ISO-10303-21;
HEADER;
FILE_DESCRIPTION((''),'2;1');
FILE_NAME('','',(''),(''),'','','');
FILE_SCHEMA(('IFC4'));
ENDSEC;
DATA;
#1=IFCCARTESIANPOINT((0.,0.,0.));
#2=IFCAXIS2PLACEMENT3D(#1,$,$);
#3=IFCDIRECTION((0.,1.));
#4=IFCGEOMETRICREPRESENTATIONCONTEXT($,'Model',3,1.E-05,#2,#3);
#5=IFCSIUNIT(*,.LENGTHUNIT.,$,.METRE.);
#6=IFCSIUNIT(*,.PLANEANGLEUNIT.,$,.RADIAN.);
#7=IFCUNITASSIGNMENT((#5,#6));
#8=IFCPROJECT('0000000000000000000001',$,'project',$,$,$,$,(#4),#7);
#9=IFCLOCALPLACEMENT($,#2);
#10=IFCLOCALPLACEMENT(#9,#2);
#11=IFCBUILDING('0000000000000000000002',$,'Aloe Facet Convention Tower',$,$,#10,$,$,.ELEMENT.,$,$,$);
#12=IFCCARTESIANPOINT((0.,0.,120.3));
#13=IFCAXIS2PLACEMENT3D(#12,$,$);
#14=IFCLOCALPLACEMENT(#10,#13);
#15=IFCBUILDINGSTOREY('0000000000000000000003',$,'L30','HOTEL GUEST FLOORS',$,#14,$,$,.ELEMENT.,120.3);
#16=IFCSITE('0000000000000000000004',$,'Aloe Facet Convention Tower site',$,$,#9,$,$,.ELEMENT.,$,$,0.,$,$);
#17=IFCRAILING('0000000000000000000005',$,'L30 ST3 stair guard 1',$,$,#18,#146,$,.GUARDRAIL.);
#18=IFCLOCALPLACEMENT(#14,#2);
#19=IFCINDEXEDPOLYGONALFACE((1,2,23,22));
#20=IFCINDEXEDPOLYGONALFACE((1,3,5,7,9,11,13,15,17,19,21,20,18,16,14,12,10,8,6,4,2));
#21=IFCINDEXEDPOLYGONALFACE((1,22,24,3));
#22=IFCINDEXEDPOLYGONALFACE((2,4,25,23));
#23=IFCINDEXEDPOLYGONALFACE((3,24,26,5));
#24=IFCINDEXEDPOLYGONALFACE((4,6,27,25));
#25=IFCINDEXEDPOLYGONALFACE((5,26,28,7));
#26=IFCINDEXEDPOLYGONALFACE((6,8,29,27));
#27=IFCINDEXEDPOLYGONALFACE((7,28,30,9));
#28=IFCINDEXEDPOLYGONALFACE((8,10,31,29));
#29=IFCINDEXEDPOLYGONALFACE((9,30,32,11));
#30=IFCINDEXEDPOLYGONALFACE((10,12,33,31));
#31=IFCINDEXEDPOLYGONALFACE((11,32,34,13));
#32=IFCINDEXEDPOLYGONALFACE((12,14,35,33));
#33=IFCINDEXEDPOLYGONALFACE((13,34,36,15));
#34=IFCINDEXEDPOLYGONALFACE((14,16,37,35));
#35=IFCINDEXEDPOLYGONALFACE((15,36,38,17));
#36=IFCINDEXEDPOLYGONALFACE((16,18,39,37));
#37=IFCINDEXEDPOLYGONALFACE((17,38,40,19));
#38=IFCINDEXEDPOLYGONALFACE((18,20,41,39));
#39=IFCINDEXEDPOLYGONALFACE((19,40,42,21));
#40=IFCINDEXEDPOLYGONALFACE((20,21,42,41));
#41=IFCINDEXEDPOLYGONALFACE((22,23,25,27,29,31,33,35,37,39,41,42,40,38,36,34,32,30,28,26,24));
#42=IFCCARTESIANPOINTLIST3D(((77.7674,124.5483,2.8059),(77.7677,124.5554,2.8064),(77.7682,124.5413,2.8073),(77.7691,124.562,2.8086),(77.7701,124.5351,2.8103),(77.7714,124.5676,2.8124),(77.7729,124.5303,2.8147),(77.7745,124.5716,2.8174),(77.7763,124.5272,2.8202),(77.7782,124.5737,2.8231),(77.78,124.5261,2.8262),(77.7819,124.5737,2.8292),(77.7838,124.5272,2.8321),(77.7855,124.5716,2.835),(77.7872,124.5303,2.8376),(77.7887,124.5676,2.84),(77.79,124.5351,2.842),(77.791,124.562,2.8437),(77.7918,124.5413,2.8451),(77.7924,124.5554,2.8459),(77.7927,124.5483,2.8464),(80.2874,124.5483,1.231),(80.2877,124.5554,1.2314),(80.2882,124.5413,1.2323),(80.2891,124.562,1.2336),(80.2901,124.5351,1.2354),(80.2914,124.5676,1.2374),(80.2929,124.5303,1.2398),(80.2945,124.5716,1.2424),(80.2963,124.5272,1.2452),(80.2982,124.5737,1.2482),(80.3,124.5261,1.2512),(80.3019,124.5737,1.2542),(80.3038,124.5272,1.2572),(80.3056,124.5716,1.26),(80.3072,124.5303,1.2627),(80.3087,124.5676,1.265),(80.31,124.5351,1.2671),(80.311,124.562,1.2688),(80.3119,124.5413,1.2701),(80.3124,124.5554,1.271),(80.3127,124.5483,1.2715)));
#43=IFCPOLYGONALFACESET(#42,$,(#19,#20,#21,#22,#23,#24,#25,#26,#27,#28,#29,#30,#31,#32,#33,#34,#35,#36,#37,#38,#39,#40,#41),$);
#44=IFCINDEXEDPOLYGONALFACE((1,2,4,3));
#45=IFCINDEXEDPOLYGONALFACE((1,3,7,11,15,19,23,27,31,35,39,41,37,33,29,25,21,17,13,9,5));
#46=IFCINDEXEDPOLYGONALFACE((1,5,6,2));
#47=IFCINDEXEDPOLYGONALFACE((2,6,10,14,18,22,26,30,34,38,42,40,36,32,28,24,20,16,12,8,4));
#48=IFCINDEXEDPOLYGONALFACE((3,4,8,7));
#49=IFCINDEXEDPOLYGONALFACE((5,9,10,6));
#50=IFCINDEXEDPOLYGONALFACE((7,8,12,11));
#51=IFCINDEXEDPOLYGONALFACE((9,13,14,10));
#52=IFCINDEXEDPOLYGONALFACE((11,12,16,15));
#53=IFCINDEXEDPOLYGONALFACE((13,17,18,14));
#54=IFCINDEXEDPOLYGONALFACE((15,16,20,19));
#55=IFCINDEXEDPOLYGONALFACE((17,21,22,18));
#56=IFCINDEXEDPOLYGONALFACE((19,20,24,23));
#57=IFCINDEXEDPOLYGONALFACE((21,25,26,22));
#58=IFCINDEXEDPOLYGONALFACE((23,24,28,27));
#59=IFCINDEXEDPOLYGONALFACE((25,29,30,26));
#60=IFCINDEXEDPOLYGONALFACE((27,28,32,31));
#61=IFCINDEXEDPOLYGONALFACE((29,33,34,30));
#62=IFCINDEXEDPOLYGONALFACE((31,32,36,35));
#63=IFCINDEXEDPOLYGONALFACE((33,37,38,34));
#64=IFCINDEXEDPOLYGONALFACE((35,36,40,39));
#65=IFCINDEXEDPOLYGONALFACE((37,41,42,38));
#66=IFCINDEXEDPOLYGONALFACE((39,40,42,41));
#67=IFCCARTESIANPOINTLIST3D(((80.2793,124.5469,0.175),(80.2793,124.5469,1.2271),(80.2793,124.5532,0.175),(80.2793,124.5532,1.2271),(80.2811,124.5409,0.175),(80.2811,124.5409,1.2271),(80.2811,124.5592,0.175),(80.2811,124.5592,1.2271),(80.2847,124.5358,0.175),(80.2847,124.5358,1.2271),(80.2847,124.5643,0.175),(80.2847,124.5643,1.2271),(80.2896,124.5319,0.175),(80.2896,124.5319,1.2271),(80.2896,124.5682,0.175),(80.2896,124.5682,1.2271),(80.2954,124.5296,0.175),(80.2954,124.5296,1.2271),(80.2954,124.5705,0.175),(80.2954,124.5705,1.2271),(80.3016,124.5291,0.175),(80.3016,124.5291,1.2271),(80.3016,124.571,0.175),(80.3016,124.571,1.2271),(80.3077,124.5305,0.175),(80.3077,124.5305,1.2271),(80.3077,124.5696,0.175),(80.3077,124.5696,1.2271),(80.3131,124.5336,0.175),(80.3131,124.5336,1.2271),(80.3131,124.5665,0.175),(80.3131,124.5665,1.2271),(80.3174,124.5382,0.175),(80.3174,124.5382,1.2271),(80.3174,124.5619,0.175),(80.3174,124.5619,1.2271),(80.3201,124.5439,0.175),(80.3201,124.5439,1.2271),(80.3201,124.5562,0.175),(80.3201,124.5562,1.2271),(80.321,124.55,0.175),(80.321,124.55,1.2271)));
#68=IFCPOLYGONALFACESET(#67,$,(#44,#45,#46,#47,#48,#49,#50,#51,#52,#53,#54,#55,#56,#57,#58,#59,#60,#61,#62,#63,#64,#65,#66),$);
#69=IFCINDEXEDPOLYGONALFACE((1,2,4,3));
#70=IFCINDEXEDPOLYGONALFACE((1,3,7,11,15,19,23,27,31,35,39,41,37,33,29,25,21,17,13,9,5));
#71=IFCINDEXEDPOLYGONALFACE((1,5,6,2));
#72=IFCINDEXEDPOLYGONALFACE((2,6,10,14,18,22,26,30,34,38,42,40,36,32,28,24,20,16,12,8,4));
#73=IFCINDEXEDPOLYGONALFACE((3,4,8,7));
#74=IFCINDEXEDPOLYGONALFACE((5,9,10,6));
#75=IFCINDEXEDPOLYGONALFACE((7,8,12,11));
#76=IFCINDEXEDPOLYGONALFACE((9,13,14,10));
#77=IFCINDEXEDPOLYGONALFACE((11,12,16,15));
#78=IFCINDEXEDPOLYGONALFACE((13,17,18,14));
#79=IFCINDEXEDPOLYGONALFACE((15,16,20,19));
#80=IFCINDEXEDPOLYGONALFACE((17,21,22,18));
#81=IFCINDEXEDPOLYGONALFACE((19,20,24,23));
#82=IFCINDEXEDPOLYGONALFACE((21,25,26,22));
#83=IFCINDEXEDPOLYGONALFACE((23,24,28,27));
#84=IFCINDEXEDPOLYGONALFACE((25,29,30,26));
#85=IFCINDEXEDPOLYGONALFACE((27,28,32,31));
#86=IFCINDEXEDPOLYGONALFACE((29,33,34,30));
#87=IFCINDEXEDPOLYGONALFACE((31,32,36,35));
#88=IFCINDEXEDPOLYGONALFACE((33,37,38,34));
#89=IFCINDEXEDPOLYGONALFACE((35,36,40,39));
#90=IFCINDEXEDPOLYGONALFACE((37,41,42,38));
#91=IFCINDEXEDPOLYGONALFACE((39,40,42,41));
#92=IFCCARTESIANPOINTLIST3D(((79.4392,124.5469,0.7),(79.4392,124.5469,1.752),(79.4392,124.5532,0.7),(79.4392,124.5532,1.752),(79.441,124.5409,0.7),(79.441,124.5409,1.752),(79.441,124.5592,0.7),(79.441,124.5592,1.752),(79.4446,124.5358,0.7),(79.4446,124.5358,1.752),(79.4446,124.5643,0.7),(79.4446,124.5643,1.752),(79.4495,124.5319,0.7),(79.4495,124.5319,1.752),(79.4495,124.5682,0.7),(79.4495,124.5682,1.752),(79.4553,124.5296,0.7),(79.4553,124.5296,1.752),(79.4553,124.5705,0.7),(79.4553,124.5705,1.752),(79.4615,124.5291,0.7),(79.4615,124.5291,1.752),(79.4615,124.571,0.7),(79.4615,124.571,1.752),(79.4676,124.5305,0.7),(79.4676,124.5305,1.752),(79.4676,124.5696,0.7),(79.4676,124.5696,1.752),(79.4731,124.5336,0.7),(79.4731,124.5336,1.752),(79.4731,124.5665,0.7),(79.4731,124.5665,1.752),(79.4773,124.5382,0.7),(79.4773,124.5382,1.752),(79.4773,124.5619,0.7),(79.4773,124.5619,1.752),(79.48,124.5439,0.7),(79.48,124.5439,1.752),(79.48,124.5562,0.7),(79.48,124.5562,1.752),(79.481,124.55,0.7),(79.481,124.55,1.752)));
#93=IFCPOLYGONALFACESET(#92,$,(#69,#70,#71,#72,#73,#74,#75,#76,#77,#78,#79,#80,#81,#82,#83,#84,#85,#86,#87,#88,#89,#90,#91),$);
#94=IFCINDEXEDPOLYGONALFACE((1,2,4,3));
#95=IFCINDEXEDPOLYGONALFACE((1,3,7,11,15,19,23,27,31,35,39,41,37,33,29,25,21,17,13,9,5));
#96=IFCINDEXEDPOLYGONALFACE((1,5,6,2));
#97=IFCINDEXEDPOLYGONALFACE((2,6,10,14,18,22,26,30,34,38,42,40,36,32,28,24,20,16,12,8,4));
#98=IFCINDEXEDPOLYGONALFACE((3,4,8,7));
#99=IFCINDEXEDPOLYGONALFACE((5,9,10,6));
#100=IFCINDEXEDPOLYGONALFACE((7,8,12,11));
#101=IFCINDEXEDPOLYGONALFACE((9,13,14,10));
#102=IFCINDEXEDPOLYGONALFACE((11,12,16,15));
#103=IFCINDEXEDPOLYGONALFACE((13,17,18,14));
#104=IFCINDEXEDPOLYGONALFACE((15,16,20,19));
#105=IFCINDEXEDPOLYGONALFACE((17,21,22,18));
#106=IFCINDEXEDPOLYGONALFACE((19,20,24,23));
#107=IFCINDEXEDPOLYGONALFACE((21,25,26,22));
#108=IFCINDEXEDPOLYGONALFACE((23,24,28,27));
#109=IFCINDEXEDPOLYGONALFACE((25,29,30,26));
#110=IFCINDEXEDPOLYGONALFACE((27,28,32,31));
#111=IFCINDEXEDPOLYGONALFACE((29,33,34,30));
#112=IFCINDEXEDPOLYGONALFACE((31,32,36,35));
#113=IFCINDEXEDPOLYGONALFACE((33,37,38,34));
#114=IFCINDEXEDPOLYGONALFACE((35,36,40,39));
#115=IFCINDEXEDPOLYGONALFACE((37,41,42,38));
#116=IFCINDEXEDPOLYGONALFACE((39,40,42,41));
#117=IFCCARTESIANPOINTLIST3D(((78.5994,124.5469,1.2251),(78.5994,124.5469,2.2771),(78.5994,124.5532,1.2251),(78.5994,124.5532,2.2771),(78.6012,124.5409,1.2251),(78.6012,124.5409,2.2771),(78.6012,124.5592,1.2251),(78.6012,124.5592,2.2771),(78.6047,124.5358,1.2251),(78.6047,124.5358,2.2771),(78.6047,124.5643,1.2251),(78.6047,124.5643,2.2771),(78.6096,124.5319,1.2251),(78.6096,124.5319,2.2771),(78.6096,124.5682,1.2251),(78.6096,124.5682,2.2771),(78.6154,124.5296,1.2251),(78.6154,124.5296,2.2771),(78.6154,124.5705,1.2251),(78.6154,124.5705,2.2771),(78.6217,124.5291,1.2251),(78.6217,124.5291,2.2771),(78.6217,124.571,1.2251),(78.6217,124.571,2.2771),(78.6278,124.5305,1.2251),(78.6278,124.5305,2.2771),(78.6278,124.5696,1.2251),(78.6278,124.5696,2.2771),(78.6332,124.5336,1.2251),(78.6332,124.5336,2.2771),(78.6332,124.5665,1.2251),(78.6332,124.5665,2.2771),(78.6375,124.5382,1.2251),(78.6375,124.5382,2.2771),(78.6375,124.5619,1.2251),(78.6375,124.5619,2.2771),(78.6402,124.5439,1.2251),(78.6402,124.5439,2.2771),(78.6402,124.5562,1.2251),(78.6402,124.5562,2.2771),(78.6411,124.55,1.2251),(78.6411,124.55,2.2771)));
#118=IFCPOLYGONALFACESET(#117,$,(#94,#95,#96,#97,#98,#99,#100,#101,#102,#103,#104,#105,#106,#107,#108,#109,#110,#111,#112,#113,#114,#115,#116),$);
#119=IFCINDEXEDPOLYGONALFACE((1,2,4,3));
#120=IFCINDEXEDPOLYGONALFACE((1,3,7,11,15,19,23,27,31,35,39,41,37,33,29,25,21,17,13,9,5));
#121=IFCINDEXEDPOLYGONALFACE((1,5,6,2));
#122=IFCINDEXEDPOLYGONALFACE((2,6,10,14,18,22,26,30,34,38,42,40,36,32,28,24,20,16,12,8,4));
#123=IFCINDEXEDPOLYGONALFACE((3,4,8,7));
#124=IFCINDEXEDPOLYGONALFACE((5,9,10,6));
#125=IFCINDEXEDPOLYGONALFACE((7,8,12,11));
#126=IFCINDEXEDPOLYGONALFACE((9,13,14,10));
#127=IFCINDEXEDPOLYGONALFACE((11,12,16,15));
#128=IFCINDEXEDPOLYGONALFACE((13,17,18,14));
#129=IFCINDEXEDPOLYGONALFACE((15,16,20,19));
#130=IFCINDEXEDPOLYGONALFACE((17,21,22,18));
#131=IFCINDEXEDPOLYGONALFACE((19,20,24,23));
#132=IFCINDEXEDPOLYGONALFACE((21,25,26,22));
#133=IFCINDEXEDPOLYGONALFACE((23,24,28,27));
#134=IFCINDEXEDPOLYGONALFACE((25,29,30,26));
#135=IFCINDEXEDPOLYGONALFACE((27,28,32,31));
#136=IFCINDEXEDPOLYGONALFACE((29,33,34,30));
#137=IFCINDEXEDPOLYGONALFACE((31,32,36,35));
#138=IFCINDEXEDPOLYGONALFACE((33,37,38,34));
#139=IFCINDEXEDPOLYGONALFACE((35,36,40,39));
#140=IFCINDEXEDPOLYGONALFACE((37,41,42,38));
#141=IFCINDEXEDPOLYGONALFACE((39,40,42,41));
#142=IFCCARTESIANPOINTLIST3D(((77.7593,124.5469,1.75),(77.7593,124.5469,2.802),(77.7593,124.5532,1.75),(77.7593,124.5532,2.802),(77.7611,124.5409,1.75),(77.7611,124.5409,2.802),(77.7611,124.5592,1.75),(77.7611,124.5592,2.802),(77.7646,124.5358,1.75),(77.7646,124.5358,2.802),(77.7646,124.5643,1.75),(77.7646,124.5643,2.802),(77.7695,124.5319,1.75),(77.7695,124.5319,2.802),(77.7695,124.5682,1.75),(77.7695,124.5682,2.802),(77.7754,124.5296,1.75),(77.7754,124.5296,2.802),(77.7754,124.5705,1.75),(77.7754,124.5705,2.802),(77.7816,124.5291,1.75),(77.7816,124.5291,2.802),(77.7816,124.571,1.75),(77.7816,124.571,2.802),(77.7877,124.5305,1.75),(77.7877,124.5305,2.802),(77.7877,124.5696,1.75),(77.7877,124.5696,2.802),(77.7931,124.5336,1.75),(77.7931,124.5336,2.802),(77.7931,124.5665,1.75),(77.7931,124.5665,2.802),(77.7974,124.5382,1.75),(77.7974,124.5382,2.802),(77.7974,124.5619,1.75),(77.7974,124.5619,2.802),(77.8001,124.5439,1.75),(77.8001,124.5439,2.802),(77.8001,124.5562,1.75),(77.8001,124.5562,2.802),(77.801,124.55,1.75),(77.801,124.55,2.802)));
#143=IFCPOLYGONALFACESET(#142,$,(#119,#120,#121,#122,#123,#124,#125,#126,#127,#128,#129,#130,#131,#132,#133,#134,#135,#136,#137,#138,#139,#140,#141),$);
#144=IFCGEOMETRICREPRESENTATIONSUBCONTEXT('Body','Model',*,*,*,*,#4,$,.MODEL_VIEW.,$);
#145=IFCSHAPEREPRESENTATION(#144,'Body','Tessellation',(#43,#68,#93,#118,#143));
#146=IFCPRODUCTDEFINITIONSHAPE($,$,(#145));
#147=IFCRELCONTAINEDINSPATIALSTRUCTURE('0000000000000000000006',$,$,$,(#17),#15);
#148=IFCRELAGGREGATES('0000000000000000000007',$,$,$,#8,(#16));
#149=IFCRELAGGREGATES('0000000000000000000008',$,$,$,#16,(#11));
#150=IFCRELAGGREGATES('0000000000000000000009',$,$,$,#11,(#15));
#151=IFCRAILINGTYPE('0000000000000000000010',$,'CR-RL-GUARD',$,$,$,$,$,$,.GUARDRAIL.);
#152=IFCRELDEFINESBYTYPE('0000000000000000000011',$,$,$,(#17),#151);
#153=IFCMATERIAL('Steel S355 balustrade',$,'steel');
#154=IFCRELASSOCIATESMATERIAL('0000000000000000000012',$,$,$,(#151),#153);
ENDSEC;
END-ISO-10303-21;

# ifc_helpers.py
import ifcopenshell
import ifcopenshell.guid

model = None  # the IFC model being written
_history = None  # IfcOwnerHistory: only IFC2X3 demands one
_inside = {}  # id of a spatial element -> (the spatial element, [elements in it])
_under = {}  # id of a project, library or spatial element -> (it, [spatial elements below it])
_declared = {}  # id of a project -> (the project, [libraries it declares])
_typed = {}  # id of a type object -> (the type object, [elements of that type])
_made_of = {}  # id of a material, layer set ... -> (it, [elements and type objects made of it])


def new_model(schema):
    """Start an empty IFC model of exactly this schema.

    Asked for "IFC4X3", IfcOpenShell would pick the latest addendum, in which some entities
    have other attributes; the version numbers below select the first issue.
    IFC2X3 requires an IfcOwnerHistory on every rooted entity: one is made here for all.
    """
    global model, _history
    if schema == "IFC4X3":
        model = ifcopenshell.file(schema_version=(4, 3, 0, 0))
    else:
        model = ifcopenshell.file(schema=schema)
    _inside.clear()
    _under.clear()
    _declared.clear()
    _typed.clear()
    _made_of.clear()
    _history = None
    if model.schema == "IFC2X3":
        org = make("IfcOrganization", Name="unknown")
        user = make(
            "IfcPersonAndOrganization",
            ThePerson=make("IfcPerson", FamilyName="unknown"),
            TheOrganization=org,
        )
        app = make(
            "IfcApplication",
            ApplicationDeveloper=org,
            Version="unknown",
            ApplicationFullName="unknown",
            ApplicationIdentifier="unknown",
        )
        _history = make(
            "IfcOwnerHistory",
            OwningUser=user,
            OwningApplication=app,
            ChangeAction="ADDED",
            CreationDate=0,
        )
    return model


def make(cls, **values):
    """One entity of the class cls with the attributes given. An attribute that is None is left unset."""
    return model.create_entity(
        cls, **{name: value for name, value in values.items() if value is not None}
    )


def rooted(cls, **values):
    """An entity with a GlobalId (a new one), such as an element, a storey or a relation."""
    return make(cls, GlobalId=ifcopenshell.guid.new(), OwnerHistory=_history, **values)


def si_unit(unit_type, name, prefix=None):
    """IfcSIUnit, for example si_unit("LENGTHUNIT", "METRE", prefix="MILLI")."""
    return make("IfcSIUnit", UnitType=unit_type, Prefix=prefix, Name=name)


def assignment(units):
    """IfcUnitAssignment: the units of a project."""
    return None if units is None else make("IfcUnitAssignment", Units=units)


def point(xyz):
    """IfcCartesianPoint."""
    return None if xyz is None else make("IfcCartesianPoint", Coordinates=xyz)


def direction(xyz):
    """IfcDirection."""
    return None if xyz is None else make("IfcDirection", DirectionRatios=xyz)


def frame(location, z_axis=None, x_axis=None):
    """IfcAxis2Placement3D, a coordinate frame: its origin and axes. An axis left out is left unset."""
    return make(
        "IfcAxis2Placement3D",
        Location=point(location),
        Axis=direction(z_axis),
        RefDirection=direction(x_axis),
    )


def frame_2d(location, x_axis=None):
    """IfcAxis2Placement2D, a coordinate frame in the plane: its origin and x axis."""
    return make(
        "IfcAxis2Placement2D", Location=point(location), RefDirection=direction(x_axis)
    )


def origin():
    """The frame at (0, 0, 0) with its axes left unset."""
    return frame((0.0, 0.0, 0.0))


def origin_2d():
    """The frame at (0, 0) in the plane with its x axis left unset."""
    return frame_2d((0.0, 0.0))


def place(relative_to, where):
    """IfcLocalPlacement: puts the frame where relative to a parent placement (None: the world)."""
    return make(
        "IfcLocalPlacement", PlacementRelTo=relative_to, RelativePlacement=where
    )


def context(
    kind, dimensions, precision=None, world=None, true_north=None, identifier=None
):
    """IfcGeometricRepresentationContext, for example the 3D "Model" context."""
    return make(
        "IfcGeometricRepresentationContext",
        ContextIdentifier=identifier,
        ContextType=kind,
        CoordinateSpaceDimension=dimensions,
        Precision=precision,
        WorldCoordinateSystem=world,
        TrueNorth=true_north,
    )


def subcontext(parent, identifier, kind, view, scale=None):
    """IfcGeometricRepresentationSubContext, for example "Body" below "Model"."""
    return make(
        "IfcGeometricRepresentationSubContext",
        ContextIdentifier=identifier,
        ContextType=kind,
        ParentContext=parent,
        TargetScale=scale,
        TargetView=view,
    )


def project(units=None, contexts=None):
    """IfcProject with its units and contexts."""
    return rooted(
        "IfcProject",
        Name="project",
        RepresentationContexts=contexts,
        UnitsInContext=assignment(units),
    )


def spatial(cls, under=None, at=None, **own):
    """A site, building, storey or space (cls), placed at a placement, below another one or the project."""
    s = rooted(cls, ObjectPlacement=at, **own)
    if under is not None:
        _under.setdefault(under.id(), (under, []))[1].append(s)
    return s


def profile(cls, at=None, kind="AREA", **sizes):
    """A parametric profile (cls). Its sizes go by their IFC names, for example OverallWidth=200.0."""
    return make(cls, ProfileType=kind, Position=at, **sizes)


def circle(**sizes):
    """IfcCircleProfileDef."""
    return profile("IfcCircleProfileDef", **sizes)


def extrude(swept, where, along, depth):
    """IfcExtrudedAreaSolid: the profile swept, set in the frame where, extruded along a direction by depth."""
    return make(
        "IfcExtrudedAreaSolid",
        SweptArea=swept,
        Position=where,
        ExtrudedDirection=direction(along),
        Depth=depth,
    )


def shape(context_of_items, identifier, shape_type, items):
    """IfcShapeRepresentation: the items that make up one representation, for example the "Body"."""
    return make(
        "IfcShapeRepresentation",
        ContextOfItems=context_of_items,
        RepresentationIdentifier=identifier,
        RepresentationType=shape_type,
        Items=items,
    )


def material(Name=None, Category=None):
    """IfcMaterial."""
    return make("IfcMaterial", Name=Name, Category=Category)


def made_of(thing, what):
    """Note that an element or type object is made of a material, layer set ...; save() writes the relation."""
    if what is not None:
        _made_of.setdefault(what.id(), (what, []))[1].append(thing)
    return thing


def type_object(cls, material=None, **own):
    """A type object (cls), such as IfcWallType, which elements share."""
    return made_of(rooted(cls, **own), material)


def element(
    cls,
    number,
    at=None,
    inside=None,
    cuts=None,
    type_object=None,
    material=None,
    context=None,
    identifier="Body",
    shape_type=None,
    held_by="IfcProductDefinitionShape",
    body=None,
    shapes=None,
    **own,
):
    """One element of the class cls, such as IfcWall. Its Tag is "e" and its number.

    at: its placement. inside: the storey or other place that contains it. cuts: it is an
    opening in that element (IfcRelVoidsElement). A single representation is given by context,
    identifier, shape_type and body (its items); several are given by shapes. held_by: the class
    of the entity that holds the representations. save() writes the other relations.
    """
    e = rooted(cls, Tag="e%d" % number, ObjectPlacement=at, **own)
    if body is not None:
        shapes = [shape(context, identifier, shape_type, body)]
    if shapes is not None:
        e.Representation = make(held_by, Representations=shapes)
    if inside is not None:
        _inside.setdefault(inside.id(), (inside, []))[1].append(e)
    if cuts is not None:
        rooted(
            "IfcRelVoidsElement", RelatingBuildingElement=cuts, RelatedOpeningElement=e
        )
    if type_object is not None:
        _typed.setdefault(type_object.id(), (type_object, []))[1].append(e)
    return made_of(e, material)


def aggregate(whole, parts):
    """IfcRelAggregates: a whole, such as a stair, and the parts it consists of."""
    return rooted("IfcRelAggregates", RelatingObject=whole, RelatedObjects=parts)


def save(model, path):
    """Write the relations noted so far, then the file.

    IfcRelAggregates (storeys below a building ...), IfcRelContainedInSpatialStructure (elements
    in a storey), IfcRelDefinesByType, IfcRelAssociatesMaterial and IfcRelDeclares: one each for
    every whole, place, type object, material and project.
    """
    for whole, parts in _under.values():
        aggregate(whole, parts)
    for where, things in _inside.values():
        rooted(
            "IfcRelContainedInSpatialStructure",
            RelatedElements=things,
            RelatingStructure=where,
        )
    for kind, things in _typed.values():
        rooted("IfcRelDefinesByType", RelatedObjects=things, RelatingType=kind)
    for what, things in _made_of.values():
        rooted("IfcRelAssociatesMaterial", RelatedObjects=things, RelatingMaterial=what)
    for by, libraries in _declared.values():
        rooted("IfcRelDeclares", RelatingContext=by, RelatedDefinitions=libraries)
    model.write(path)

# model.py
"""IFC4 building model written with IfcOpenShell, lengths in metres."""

from ifc_helpers import new_model, si_unit, direction, frame, origin, origin_2d, place, context, subcontext, project, spatial, circle, extrude, material, type_object, element, save


model = new_model("IFC4")

# Units and contexts
model_context = context("Model", 3, precision=1e-05, world=origin(), true_north=direction((0.0, 1.0)))
body_context = subcontext(model_context, "Body", "Model", "MODEL_VIEW")
ifc_project = project(units=[si_unit("LENGTHUNIT", "METRE"), si_unit("PLANEANGLEUNIT", "RADIAN")], contexts=[model_context])

# Site, building, storey
site_placement = place(None, origin())
site = spatial("IfcSite", under=ifc_project, at=site_placement, Name="Aloe Facet Convention Tower site", CompositionType="ELEMENT", RefElevation=0.0)
building_placement = place(site_placement, origin())
building = spatial("IfcBuilding", under=site, at=building_placement, Name="Aloe Facet Convention Tower", CompositionType="ELEMENT")
storey_placement = place(building_placement, frame((0.0, 0.0, 120.3)))
storey = spatial("IfcBuildingStorey", under=building, at=storey_placement, Name="L30", Description="HOTEL GUEST FLOORS", CompositionType="ELEMENT", Elevation=120.3)

# Railing
ifc_material_1 = material(Name="Steel S355 balustrade", Category="steel")
railing_type_1 = type_object("IfcRailingType", Name="CR-RL-GUARD", PredefinedType="GUARDRAIL", material=ifc_material_1)
railing_1_placement = place(storey_placement, frame((80.3, 124.55, 0.175)))
element("IfcRailing", 1, at=railing_1_placement, inside=storey, type_object=railing_type_1, Name="L30 ST3 stair guard 1", PredefinedType="GUARDRAIL", context=body_context, shape_type="SweptSolid", body=[
    extrude(circle(Radius=0.0239, at=origin_2d()), frame((0.0, 0.0, 1.0762), z_axis=(-0.848008, 0.0, 0.529984), x_axis=(0.0, -1.0, 0.0)), (0.0, 0.0, 1.0), 2.9717),
    extrude(circle(Radius=0.021, at=origin_2d()), origin(), (0.0, 0.0, 1.0), 1.052),
    extrude(circle(Radius=0.021, at=origin_2d()), frame((-0.8401, 0.0, 0.5249)), (0.0, 0.0, 1.0), 1.052),
    extrude(circle(Radius=0.021, at=origin_2d()), frame((-1.6799, 0.0, 1.05)), (0.0, 0.0, 1.0), 1.052),
    extrude(circle(Radius=0.021, at=origin_2d()), frame((-2.52, 0.0, 1.575)), (0.0, 0.0, 1.0), 1.052),
])

save(model, "model.ifc")
